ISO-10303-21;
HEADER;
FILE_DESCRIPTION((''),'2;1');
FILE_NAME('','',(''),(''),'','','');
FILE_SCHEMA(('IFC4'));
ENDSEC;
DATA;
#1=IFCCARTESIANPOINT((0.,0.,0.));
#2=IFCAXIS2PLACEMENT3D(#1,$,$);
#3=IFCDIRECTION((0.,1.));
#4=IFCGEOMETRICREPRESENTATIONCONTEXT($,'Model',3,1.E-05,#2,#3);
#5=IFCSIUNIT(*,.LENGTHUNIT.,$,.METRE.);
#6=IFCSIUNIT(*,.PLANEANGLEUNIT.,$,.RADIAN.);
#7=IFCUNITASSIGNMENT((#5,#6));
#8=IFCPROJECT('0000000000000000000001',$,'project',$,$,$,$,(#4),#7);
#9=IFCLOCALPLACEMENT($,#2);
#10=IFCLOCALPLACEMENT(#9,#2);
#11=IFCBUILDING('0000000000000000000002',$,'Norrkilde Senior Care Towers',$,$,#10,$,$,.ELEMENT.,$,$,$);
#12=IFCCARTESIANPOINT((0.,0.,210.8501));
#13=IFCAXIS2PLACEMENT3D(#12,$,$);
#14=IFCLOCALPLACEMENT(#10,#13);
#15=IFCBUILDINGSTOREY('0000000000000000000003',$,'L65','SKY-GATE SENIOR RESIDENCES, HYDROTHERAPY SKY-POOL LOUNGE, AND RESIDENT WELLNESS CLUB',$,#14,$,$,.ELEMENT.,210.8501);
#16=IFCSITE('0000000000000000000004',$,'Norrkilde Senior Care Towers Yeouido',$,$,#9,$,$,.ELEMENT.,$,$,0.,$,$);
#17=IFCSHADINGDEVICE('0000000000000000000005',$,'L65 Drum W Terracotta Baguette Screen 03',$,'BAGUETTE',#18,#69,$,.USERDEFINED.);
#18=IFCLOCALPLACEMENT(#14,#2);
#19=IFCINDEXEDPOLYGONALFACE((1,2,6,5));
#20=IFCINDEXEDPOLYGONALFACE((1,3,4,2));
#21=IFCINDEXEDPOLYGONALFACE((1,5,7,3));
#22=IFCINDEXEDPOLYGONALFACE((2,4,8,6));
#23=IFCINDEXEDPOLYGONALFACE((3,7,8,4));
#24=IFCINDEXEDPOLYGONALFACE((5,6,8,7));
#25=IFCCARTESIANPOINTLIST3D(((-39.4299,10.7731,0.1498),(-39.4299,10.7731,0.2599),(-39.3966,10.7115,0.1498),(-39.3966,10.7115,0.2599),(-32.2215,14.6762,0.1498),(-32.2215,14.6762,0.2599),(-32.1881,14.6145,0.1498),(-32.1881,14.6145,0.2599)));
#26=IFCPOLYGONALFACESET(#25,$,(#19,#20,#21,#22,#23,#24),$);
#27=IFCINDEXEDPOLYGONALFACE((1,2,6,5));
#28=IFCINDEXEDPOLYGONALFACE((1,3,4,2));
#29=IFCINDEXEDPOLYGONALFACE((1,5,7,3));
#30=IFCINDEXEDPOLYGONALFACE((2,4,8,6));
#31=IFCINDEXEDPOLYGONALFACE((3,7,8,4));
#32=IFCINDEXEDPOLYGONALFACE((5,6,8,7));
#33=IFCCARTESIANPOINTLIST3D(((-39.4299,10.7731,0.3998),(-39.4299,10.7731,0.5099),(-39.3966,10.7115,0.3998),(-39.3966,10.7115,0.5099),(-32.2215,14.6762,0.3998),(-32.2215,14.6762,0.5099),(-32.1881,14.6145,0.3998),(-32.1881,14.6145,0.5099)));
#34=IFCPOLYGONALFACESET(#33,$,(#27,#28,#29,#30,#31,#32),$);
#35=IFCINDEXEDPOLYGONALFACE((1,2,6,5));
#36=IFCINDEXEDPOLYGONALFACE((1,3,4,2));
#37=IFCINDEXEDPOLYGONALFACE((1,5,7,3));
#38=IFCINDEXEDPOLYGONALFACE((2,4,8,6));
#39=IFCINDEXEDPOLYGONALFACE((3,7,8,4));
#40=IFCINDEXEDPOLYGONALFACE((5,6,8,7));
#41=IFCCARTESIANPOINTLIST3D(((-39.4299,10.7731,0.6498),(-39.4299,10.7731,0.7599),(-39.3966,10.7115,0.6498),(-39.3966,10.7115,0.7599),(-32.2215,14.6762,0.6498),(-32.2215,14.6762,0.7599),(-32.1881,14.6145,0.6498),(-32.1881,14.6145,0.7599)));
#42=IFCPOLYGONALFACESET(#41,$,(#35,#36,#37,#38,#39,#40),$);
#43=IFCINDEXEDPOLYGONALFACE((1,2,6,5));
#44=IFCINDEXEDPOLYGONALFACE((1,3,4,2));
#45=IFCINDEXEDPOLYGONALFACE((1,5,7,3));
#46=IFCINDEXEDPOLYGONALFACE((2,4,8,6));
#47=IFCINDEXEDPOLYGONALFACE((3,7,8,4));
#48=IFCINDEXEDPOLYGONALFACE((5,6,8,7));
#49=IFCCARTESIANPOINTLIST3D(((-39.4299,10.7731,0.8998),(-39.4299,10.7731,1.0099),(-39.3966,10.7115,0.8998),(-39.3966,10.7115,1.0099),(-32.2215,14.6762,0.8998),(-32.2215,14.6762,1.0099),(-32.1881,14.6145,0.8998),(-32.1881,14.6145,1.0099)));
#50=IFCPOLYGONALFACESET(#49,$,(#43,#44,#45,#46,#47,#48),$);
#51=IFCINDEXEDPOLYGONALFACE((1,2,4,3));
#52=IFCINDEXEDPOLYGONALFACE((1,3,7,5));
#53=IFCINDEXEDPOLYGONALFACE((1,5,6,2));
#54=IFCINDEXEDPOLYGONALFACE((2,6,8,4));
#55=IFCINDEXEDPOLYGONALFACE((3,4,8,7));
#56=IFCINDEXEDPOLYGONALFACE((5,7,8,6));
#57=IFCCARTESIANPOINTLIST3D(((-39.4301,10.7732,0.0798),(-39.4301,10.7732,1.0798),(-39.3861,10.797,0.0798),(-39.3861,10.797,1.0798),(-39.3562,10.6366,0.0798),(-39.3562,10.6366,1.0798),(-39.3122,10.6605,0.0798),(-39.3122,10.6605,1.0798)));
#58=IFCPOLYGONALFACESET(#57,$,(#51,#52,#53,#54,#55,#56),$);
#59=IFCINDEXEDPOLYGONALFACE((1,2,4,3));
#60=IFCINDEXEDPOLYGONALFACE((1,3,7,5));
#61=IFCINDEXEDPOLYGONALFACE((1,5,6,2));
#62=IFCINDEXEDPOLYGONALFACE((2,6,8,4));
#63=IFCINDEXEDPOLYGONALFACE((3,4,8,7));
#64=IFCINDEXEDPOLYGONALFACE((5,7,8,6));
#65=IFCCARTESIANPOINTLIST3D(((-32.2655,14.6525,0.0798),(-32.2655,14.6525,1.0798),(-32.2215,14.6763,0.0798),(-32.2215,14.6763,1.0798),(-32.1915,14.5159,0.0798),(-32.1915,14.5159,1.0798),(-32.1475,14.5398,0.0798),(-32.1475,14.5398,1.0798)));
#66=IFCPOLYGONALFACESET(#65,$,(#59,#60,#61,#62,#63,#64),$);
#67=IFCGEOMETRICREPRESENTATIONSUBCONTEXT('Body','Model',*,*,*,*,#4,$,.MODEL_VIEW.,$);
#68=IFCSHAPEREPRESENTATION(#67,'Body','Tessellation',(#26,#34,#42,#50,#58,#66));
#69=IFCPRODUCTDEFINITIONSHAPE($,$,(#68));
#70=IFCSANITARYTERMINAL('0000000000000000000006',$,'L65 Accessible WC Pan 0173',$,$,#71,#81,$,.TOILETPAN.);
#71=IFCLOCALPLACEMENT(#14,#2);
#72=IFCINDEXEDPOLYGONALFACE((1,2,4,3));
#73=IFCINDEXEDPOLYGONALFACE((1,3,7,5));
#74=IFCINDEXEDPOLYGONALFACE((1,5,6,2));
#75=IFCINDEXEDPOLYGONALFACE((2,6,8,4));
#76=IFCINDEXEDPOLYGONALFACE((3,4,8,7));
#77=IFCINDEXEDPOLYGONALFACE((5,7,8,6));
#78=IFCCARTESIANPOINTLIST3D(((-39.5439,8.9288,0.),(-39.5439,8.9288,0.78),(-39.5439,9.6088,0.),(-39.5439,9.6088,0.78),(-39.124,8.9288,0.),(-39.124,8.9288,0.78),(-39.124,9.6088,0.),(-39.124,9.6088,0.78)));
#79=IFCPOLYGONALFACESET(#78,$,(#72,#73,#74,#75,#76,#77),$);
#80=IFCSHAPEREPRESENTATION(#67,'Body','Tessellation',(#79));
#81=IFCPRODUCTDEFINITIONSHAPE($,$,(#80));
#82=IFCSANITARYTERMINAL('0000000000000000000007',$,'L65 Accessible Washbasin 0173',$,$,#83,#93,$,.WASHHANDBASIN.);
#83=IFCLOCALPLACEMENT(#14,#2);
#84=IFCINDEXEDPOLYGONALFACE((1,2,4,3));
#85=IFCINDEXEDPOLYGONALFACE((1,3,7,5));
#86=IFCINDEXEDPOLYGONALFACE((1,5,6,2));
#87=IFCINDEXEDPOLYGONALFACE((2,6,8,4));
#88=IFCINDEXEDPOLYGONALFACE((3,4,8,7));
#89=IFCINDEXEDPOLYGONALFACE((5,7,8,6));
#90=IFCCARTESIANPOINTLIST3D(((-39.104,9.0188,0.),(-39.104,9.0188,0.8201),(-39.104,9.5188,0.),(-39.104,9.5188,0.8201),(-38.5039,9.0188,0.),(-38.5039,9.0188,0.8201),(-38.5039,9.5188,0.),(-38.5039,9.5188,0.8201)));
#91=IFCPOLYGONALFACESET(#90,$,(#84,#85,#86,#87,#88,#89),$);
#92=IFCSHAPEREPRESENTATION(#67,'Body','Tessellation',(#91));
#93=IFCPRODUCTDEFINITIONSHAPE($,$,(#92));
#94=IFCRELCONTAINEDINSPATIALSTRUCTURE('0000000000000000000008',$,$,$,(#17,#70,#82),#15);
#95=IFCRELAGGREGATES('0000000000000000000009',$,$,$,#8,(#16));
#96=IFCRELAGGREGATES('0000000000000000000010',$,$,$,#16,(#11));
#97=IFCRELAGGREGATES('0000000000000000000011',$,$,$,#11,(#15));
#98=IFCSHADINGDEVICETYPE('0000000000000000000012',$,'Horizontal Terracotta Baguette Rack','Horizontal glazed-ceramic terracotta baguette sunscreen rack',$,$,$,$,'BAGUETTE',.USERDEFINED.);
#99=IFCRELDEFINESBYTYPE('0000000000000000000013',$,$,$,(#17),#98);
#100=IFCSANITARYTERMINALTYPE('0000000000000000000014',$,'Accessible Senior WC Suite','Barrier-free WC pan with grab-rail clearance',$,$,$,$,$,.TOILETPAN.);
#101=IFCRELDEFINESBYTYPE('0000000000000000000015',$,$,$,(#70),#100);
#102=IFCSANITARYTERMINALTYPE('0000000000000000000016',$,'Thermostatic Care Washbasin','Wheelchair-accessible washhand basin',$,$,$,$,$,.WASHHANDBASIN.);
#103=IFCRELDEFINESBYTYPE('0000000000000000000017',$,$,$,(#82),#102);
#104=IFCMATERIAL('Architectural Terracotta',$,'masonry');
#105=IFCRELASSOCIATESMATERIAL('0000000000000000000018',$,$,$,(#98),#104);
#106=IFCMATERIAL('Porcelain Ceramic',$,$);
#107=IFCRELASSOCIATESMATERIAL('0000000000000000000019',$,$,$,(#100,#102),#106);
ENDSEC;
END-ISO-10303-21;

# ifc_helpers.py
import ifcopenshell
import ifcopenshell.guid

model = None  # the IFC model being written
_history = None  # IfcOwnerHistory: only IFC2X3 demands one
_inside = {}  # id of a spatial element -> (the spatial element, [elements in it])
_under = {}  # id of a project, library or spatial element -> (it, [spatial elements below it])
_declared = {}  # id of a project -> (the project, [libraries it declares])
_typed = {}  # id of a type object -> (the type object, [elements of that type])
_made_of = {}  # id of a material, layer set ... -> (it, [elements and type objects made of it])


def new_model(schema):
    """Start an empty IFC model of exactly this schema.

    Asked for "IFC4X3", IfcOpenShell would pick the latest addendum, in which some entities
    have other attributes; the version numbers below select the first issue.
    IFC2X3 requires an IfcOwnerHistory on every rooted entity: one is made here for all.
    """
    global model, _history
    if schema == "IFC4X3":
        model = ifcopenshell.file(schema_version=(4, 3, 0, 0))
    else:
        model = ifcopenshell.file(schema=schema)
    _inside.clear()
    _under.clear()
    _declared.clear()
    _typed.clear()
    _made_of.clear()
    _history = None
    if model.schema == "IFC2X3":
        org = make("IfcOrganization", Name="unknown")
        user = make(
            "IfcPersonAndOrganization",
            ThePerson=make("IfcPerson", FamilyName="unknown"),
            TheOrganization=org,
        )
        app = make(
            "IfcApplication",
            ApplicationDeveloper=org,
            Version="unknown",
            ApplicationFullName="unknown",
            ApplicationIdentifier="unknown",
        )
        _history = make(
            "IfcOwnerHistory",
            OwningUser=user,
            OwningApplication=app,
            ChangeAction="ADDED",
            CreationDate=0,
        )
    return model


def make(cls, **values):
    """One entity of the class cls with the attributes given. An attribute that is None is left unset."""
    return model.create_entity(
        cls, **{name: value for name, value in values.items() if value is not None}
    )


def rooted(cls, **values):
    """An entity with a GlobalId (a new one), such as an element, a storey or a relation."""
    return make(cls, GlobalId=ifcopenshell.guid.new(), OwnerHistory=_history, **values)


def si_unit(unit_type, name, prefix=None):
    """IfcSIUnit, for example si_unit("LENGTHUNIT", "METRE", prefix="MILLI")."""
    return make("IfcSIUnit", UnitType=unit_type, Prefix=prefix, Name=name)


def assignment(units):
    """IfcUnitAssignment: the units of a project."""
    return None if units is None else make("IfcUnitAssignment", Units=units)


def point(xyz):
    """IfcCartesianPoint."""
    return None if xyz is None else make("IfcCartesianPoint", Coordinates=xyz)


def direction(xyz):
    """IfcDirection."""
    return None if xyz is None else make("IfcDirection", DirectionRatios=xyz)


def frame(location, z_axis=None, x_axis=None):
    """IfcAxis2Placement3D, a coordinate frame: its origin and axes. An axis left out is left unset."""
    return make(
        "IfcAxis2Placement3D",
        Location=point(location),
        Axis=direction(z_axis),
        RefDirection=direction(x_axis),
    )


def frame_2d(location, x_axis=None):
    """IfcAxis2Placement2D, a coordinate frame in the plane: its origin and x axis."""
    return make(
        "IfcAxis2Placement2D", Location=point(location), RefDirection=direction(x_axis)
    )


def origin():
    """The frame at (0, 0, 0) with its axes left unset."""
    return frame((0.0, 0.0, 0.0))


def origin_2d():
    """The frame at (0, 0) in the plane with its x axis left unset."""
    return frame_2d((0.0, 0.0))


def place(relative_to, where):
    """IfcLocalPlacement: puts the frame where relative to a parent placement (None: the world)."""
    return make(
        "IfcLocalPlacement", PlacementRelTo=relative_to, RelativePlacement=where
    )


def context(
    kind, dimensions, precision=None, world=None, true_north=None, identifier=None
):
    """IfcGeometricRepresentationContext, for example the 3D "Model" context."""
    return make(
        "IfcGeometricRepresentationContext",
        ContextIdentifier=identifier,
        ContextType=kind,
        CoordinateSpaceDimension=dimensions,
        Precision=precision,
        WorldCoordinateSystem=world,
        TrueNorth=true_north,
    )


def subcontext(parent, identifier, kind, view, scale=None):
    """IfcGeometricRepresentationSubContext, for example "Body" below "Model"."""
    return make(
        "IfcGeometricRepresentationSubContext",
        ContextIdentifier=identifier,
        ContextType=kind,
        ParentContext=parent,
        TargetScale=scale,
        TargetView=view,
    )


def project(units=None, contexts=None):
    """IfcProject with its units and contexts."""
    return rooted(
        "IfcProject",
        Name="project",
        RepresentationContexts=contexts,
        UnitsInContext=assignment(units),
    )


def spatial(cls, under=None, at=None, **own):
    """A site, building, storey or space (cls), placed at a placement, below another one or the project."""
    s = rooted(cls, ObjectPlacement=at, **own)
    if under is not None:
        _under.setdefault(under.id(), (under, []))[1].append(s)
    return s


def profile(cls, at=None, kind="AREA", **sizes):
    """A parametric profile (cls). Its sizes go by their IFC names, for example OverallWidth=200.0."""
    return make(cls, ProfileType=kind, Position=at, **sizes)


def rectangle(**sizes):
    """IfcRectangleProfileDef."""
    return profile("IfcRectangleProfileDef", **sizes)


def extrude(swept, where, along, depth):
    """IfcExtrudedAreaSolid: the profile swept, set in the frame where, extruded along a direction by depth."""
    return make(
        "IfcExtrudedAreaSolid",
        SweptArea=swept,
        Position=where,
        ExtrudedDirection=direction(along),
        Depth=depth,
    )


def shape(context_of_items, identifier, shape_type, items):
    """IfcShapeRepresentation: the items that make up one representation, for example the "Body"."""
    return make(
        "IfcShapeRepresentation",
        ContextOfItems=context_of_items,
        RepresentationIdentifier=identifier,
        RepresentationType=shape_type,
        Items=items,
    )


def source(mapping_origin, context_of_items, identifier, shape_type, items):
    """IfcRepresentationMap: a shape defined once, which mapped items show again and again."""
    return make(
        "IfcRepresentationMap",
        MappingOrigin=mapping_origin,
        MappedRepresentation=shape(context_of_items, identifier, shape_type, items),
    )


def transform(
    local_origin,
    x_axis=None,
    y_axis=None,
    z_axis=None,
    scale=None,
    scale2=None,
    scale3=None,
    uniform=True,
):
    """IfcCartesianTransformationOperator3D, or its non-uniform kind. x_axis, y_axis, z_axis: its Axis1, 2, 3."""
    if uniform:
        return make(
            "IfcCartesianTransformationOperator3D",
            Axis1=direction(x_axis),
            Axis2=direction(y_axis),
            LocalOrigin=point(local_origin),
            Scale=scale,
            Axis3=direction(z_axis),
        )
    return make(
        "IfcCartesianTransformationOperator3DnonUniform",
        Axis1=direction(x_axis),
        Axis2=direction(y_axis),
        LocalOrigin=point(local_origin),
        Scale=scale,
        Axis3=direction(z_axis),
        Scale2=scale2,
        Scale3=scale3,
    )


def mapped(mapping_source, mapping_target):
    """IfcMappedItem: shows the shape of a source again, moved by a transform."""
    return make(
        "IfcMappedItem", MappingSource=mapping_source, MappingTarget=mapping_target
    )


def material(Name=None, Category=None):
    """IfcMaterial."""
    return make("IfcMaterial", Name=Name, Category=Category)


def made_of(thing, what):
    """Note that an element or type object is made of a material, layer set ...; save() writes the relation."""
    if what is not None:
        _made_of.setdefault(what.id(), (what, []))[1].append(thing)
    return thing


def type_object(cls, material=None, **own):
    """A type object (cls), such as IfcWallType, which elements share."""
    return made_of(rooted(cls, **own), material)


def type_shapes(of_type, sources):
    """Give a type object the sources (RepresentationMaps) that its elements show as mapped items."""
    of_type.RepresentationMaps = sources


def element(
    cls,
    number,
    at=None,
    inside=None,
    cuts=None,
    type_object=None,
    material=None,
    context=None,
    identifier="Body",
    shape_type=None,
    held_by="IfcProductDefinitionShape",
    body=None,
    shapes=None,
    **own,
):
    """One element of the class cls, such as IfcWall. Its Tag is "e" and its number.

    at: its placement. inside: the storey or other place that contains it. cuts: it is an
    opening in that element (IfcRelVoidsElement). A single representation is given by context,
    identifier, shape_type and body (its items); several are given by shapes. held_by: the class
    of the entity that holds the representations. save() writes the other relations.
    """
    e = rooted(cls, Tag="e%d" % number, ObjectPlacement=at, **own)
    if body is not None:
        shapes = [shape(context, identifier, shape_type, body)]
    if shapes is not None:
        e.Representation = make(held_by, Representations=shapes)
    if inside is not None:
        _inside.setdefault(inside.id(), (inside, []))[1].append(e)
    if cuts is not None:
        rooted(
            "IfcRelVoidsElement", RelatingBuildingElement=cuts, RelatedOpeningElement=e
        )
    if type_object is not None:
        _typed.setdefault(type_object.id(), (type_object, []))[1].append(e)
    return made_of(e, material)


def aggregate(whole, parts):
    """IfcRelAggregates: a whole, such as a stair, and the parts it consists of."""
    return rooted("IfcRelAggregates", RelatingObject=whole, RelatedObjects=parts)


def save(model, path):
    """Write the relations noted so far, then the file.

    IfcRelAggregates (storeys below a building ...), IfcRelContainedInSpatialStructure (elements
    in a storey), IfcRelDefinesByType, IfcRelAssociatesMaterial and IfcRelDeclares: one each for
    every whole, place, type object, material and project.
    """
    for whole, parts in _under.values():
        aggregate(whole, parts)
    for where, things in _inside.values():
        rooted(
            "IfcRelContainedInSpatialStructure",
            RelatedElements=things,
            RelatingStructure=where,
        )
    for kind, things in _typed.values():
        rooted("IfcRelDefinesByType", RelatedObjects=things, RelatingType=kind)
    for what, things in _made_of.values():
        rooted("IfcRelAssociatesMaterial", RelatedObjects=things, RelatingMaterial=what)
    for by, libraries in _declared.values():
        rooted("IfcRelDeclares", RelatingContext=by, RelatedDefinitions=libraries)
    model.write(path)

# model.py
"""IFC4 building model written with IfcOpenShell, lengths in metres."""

from ifc_helpers import new_model, si_unit, direction, frame, origin, origin_2d, place, context, subcontext, project, spatial, rectangle, extrude, source, transform, mapped, material, type_object, type_shapes, element, save


model = new_model("IFC4")

# Units and contexts
model_context = context("Model", 3, precision=1e-05, world=origin(), true_north=direction((0.0, 1.0)))
body_context = subcontext(model_context, "Body", "Model", "MODEL_VIEW")
ifc_project = project(units=[si_unit("LENGTHUNIT", "METRE"), si_unit("PLANEANGLEUNIT", "RADIAN")], contexts=[model_context])

# Site, building, storey
site_placement = place(None, origin())
site = spatial("IfcSite", under=ifc_project, at=site_placement, Name="Norrkilde Senior Care Towers Yeouido", CompositionType="ELEMENT", RefElevation=0.0)
building_placement = place(site_placement, origin())
building = spatial("IfcBuilding", under=site, at=building_placement, Name="Norrkilde Senior Care Towers", CompositionType="ELEMENT")
storey_placement = place(building_placement, frame((0.0, 0.0, 210.8501)))
storey = spatial("IfcBuildingStorey", under=building, at=storey_placement, Name="L65", Description="SKY-GATE SENIOR RESIDENCES, HYDROTHERAPY SKY-POOL LOUNGE, AND RESIDENT WELLNESS CLUB", CompositionType="ELEMENT", Elevation=210.8501)

# Shading device
ifc_material_1 = material(Name="Architectural Terracotta", Category="masonry")
shading_device_type = type_object("IfcShadingDeviceType", Name="Horizontal Terracotta Baguette Rack", Description="Horizontal glazed-ceramic terracotta baguette sunscreen rack", ElementType="BAGUETTE", PredefinedType="USERDEFINED", material=ifc_material_1)
shared_shape_1 = source(origin(), body_context, "Body", "SweptSolid", [
    extrude(rectangle(XDim=0.0701, YDim=0.1101, at=origin_2d()), frame((0.0, 0.0901, 0.125), z_axis=(1.0, 0.0, 0.0), x_axis=(0.0, 1.0, 0.0)), (0.0, 0.0, 1.0), 8.1973),
    extrude(rectangle(XDim=0.0701, YDim=0.1101, at=origin_2d()), frame((0.0, 0.0901, 0.375), z_axis=(1.0, 0.0, 0.0), x_axis=(0.0, 1.0, 0.0)), (0.0, 0.0, 1.0), 8.1973),
    extrude(rectangle(XDim=0.0701, YDim=0.1101, at=origin_2d()), frame((0.0, 0.0901, 0.625), z_axis=(1.0, 0.0, 0.0), x_axis=(0.0, 1.0, 0.0)), (0.0, 0.0, 1.0), 8.1973),
    extrude(rectangle(XDim=0.0701, YDim=0.1101, at=origin_2d()), frame((0.0, 0.0901, 0.875), z_axis=(1.0, 0.0, 0.0), x_axis=(0.0, 1.0, 0.0)), (0.0, 0.0, 1.0), 8.1973),
    extrude(rectangle(XDim=0.05, YDim=0.1553, at=origin_2d()), frame((0.0249, 0.0476, 0.0)), (0.0, 0.0, 1.0), 1.0),
    extrude(rectangle(XDim=0.05, YDim=0.1553, at=origin_2d()), frame((8.1724, 0.0476, 0.0)), (0.0, 0.0, 1.0), 1.0),
])
type_shapes(shading_device_type, [shared_shape_1])
shading_device_placement = place(storey_placement, frame((-39.3704, 10.6631, 0.0798), z_axis=(0.0, 0.0, 1.0), x_axis=(0.879378, 0.476144, 0.0)))
element("IfcShadingDevice", 1, at=shading_device_placement, inside=storey, type_object=shading_device_type, Name="L65 Drum W Terracotta Baguette Screen 03", ObjectType="BAGUETTE", PredefinedType="USERDEFINED", context=body_context, shape_type="MappedRepresentation", body=[
    mapped(shared_shape_1, transform((0.0, 0.0, 0.0), x_axis=(1.0, 0.0, 0.0), y_axis=(0.0, 1.0, 0.0), z_axis=(0.0, 0.0, 1.0), scale=1.0)),
])

# Sanitary terminals
ifc_material_2 = material(Name="Porcelain Ceramic")
sanitary_terminal_type_1 = type_object("IfcSanitaryTerminalType", Name="Accessible Senior WC Suite", Description="Barrier-free WC pan with grab-rail clearance", PredefinedType="TOILETPAN", material=ifc_material_2)
shared_shape_2 = source(origin(), body_context, "Body", "SweptSolid", [
    extrude(rectangle(XDim=0.4199, YDim=0.6799, at=origin_2d()), origin(), (0.0, 0.0, 1.0), 0.78),
])
type_shapes(sanitary_terminal_type_1, [shared_shape_2])
sanitary_terminal_1_placement = place(storey_placement, frame((-39.334, 9.2688, 0.0), z_axis=(0.0, 0.0, 1.0), x_axis=(1.0, 0.0, 0.0)))
element("IfcSanitaryTerminal", 2, at=sanitary_terminal_1_placement, inside=storey, type_object=sanitary_terminal_type_1, Name="L65 Accessible WC Pan 0173", PredefinedType="TOILETPAN", context=body_context, shape_type="MappedRepresentation", body=[
    mapped(shared_shape_2, transform((0.0, 0.0, 0.0), x_axis=(1.0, 0.0, 0.0), y_axis=(0.0, 1.0, 0.0), z_axis=(0.0, 0.0, 1.0), scale=1.0)),
])
sanitary_terminal_type_2 = type_object("IfcSanitaryTerminalType", Name="Thermostatic Care Washbasin", Description="Wheelchair-accessible washhand basin", PredefinedType="WASHHANDBASIN", material=ifc_material_2)
shared_shape_3 = source(origin(), body_context, "Body", "SweptSolid", [
    extrude(rectangle(XDim=0.6001, YDim=0.5, at=origin_2d()), origin(), (0.0, 0.0, 1.0), 0.8201),
])
type_shapes(sanitary_terminal_type_2, [shared_shape_3])
sanitary_terminal_2_placement = place(storey_placement, frame((-38.804, 9.2688, 0.0), z_axis=(0.0, 0.0, 1.0), x_axis=(1.0, 0.0, 0.0)))
element("IfcSanitaryTerminal", 3, at=sanitary_terminal_2_placement, inside=storey, type_object=sanitary_terminal_type_2, Name="L65 Accessible Washbasin 0173", PredefinedType="WASHHANDBASIN", context=body_context, shape_type="MappedRepresentation", body=[
    mapped(shared_shape_3, transform((0.0, 0.0, 0.0), x_axis=(1.0, 0.0, 0.0), y_axis=(0.0, 1.0, 0.0), z_axis=(0.0, 0.0, 1.0), scale=1.0)),
])

save(model, "model.ifc")
